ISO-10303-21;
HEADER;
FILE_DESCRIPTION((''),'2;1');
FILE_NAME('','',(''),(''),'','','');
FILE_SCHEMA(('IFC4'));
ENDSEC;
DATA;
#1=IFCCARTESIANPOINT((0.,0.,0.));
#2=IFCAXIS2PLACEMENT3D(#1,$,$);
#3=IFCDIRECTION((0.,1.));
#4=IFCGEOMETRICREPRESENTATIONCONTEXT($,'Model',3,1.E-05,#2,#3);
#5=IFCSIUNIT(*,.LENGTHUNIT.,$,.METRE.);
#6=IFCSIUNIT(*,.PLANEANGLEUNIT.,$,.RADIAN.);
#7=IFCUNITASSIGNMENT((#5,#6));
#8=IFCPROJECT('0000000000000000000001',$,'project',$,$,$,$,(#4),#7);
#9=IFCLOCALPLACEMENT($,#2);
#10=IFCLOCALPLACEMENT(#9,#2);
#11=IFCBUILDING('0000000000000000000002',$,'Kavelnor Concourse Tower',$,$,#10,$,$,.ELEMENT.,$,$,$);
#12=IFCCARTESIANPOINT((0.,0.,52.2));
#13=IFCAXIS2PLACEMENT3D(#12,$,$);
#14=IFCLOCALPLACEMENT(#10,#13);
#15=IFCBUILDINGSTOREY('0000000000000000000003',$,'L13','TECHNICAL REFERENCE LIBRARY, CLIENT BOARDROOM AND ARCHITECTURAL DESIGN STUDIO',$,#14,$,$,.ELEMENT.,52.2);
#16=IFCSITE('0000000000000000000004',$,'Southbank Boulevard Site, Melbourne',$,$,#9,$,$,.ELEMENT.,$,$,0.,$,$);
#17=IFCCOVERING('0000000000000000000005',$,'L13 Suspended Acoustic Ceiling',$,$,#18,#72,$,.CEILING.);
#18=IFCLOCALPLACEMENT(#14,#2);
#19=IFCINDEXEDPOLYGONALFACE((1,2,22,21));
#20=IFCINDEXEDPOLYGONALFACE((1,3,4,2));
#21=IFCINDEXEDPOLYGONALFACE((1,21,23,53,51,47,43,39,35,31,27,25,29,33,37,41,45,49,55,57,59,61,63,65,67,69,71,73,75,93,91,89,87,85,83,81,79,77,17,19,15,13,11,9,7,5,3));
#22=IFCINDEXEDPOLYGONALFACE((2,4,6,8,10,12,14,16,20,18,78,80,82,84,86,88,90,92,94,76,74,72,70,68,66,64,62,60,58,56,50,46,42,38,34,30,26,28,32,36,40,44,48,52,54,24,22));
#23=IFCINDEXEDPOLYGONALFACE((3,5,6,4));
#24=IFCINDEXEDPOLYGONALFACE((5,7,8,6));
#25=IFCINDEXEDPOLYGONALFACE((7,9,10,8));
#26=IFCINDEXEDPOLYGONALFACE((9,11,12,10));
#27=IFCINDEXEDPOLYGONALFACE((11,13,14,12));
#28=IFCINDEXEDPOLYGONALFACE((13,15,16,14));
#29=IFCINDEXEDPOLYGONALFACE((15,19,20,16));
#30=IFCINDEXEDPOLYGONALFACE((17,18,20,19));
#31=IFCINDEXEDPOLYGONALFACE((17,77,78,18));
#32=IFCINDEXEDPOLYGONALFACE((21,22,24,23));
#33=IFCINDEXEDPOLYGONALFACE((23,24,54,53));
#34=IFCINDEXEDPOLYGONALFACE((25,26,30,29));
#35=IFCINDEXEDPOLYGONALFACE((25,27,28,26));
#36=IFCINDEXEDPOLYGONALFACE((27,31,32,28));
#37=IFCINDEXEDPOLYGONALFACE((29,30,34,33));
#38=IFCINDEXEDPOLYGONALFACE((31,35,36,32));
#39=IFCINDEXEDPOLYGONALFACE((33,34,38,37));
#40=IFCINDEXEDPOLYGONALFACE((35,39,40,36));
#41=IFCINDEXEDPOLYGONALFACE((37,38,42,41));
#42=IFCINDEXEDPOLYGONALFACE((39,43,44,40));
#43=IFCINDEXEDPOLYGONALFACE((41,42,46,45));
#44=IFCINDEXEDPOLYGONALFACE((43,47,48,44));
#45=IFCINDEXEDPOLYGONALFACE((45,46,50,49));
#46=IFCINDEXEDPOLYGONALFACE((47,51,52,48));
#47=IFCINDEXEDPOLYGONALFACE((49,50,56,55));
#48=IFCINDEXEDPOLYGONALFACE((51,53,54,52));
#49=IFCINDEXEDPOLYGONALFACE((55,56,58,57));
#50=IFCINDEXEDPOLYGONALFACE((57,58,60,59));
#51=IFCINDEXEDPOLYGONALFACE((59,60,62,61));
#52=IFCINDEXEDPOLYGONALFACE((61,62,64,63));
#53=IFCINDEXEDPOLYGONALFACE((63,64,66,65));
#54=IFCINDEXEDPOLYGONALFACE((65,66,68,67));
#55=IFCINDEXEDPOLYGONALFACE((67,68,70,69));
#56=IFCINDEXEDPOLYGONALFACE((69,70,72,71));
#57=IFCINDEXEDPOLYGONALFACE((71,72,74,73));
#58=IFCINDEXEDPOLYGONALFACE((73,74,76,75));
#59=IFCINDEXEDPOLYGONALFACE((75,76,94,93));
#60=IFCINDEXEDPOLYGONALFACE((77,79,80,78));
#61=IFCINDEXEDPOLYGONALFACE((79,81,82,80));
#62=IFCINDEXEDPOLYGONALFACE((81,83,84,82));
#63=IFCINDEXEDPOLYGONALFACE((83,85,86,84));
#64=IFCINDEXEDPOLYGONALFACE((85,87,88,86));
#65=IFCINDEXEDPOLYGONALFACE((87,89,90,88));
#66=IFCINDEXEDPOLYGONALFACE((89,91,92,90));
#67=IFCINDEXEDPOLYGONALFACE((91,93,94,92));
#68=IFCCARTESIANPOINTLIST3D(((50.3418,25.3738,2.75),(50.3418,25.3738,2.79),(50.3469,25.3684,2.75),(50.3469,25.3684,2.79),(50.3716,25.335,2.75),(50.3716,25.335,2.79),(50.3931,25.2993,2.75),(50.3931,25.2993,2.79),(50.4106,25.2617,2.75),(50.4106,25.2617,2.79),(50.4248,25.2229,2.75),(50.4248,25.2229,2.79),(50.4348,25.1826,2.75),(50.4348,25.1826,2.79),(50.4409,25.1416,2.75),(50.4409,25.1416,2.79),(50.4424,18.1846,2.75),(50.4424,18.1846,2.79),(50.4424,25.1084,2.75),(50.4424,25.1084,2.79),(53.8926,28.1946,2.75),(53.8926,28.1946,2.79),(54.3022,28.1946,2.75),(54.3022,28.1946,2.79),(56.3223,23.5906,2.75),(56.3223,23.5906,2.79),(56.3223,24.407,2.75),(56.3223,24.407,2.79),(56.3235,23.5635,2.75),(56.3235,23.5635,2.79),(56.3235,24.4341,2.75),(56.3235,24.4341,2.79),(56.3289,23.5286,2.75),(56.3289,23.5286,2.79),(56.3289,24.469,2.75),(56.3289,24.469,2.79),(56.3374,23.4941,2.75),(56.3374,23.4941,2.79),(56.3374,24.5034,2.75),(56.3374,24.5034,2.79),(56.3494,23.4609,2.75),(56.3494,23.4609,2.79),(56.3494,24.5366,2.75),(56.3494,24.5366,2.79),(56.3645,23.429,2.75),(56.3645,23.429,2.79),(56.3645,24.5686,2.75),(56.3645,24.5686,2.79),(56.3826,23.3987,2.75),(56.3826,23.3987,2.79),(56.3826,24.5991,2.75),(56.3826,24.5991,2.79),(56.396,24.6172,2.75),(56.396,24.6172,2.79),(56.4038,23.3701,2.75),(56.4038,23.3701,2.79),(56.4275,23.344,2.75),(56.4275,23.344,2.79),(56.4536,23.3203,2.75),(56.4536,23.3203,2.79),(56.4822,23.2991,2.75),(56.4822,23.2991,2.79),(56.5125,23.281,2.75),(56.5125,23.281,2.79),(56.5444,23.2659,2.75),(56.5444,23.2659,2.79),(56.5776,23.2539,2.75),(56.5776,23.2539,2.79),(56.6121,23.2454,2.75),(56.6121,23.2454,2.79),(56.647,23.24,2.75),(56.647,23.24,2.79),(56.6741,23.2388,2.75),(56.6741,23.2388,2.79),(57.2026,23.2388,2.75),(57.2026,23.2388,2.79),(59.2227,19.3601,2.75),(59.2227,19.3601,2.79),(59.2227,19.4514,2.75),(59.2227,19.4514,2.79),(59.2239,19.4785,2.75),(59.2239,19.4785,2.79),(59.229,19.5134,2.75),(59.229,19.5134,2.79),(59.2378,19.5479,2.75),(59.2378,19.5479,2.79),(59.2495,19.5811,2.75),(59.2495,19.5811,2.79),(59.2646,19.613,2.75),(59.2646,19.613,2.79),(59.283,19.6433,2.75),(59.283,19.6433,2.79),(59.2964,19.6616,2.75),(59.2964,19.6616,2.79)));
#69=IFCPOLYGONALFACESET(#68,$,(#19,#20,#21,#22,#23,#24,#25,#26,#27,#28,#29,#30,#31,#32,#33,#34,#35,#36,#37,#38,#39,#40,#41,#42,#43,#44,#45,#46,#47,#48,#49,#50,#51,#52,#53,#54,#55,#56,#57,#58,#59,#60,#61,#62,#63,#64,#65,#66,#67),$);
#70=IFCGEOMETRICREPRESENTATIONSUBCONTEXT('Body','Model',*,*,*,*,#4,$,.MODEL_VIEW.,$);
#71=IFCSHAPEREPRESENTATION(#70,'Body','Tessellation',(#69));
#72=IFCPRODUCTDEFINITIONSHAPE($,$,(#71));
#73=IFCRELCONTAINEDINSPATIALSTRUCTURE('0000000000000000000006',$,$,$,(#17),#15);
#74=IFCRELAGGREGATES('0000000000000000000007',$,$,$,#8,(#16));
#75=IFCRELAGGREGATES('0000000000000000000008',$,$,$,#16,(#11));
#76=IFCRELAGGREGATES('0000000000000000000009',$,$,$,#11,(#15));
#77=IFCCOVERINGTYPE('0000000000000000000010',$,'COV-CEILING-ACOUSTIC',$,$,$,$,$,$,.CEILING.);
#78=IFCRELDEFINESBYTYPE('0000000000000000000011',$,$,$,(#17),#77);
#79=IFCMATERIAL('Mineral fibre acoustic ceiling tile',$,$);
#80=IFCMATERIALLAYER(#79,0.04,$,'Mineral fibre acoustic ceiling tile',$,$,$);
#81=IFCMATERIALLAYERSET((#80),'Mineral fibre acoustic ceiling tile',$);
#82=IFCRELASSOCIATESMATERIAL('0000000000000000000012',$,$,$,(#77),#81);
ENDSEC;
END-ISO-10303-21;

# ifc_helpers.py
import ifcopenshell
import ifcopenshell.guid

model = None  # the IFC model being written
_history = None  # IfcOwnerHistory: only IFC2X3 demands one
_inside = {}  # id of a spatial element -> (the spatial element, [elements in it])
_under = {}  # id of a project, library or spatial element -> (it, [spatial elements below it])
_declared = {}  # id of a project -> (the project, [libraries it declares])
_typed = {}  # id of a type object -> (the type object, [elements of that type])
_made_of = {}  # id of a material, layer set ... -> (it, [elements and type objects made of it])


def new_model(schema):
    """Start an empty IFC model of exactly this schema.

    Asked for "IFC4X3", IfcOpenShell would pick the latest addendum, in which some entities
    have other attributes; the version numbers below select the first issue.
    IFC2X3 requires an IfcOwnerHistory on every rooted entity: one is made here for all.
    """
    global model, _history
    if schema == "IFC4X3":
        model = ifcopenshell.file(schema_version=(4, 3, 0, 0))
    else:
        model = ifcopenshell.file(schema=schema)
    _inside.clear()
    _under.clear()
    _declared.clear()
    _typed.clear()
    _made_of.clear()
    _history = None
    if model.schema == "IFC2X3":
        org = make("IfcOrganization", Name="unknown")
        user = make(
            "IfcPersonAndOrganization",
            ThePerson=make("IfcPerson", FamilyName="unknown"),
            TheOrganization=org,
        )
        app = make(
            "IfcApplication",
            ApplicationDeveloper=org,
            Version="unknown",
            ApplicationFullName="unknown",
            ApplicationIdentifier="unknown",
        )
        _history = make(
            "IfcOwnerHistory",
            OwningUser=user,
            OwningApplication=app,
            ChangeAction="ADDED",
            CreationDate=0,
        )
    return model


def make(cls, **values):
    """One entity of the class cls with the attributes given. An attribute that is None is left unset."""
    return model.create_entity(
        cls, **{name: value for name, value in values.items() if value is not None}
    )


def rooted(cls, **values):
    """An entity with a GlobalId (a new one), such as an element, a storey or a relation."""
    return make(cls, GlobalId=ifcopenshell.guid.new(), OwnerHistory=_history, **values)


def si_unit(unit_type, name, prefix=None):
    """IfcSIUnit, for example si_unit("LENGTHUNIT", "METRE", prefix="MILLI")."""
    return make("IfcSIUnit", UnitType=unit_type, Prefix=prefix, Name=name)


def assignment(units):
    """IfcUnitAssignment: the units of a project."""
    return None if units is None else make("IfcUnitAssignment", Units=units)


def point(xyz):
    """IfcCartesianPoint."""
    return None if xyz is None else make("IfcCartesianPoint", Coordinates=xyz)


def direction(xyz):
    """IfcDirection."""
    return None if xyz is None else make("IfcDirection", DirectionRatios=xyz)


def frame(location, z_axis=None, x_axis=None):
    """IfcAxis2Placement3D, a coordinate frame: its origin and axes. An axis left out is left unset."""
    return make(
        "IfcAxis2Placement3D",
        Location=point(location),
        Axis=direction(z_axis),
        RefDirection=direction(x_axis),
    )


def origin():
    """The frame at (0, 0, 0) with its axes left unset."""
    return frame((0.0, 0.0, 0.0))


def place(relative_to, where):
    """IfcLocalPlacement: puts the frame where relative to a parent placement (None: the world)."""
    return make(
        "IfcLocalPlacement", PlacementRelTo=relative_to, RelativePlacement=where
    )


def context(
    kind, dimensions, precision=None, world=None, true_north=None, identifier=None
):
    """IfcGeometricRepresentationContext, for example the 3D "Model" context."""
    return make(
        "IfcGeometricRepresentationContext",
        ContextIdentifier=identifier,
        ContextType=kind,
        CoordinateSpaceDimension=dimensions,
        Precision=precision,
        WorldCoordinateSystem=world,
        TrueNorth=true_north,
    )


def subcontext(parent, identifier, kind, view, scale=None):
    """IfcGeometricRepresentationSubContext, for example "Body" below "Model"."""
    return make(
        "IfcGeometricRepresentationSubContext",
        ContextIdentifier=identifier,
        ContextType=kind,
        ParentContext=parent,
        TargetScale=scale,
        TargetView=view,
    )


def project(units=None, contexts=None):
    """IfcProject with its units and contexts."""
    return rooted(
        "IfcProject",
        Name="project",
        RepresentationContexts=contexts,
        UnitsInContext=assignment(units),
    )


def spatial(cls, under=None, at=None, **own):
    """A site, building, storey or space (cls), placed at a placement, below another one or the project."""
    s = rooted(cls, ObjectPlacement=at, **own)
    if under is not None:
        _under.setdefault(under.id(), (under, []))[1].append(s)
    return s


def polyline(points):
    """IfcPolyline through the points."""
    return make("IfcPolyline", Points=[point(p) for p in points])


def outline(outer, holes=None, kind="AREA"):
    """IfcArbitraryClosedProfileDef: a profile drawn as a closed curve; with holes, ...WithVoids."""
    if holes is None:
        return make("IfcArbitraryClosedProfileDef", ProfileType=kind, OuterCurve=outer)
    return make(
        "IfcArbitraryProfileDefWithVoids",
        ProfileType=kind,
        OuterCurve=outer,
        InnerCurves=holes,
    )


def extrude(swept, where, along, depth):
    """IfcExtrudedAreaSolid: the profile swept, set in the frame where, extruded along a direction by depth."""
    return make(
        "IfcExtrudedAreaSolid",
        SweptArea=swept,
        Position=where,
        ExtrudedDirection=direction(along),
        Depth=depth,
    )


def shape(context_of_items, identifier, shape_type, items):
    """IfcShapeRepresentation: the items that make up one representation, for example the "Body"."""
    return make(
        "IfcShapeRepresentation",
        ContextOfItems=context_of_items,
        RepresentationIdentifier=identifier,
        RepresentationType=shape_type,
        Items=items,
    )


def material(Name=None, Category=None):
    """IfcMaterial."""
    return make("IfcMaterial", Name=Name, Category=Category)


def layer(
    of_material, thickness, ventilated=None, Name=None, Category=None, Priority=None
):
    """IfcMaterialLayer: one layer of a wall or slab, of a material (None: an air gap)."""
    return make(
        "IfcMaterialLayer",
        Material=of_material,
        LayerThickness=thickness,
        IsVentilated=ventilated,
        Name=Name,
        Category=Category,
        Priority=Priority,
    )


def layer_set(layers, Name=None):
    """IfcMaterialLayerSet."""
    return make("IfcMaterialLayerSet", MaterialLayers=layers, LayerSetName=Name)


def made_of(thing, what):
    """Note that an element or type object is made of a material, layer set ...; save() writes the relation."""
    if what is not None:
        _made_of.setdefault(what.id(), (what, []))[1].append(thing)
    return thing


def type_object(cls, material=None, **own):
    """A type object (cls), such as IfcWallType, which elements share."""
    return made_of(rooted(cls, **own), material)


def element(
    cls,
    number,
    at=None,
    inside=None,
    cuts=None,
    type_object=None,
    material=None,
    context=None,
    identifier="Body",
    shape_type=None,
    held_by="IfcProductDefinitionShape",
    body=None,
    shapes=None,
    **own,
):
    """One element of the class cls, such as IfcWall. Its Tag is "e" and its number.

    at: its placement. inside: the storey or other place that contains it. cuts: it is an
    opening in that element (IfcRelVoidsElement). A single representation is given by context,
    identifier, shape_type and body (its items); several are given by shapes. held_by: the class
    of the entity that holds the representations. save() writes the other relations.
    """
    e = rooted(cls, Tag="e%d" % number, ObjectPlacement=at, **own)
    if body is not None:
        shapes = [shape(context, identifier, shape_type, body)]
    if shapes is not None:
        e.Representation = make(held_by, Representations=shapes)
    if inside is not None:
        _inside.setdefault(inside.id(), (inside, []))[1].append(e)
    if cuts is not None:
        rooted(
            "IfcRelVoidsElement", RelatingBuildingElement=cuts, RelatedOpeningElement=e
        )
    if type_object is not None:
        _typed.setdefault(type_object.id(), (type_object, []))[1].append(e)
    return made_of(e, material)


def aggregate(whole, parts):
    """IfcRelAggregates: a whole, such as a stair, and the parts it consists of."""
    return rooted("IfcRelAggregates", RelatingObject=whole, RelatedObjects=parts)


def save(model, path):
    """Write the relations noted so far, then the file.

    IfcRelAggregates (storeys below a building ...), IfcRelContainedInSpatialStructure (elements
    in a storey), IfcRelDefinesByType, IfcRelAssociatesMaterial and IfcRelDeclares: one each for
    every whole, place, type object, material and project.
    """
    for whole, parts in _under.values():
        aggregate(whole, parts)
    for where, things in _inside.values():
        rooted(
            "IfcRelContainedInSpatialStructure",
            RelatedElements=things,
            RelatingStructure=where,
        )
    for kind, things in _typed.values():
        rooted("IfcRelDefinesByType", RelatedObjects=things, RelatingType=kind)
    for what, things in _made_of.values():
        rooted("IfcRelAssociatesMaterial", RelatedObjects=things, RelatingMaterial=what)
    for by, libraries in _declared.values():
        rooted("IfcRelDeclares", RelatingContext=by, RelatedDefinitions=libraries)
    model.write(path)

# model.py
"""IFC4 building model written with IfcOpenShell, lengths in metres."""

from ifc_helpers import new_model, si_unit, direction, frame, origin, place, context, subcontext, project, spatial, polyline, outline, extrude, material, layer, layer_set, type_object, element, save


model = new_model("IFC4")

# Units and contexts
model_context = context("Model", 3, precision=1e-05, world=origin(), true_north=direction((0.0, 1.0)))
body_context = subcontext(model_context, "Body", "Model", "MODEL_VIEW")
ifc_project = project(units=[si_unit("LENGTHUNIT", "METRE"), si_unit("PLANEANGLEUNIT", "RADIAN")], contexts=[model_context])

# Site, building, storey
site_placement = place(None, origin())
site = spatial("IfcSite", under=ifc_project, at=site_placement, Name="Southbank Boulevard Site, Melbourne", CompositionType="ELEMENT", RefElevation=0.0)
building_placement = place(site_placement, origin())
building = spatial("IfcBuilding", under=site, at=building_placement, Name="Kavelnor Concourse Tower", CompositionType="ELEMENT")
storey_placement = place(building_placement, frame((0.0, 0.0, 52.2)))
storey = spatial("IfcBuildingStorey", under=building, at=storey_placement, Name="L13", Description="TECHNICAL REFERENCE LIBRARY, CLIENT BOARDROOM AND ARCHITECTURAL DESIGN STUDIO", CompositionType="ELEMENT", Elevation=52.2)

# Covering
ifc_material_1 = material(Name="Mineral fibre acoustic ceiling tile")
ifc_layer_1 = layer(ifc_material_1, 0.04, Name="Mineral fibre acoustic ceiling tile")
ifc_layer_set_1 = layer_set([ifc_layer_1], Name="Mineral fibre acoustic ceiling tile")
covering_type_1 = type_object("IfcCoveringType", Name="COV-CEILING-ACOUSTIC", PredefinedType="CEILING", material=ifc_layer_set_1)
covering_1_placement = place(storey_placement, frame((0.0, 0.0, 2.75)))
element("IfcCovering", 1, at=covering_1_placement, inside=storey, type_object=covering_type_1, Name="L13 Suspended Acoustic Ceiling", PredefinedType="CEILING", context=body_context, shape_type="SweptSolid", body=[
    extrude(outline(polyline([(53.8926, 28.1946), (54.3022, 28.1946), (56.396, 24.6172), (56.3826, 24.5991), (56.3645, 24.5686), (56.3494, 24.5366), (56.3374, 24.5034), (56.3289, 24.469), (56.3235, 24.4341), (56.3223, 24.407), (56.3223, 23.5906), (56.3235, 23.5635), (56.3289, 23.5286), (56.3374, 23.4941), (56.3494, 23.4609), (56.3645, 23.429), (56.3826, 23.3987), (56.4038, 23.3701), (56.4275, 23.344), (56.4536, 23.3203), (56.4822, 23.2991), (56.5125, 23.281), (56.5444, 23.2659), (56.5776, 23.2539), (56.6121, 23.2454), (56.647, 23.24), (56.6741, 23.2388), (57.2026, 23.2388), (59.2964, 19.6616), (59.283, 19.6433), (59.2646, 19.613), (59.2495, 19.5811), (59.2378, 19.5479), (59.229, 19.5134), (59.2239, 19.4785), (59.2227, 19.4514), (59.2227, 19.3601), (50.4424, 18.1846), (50.4424, 25.1084), (50.4409, 25.1416), (50.4348, 25.1826), (50.4248, 25.2229), (50.4106, 25.2617), (50.3931, 25.2993), (50.3716, 25.335), (50.3469, 25.3684), (50.3418, 25.3738), (53.8926, 28.1946)])), origin(), (0.0, 0.0, 1.0), 0.04),
])

save(model, "model.ifc")
